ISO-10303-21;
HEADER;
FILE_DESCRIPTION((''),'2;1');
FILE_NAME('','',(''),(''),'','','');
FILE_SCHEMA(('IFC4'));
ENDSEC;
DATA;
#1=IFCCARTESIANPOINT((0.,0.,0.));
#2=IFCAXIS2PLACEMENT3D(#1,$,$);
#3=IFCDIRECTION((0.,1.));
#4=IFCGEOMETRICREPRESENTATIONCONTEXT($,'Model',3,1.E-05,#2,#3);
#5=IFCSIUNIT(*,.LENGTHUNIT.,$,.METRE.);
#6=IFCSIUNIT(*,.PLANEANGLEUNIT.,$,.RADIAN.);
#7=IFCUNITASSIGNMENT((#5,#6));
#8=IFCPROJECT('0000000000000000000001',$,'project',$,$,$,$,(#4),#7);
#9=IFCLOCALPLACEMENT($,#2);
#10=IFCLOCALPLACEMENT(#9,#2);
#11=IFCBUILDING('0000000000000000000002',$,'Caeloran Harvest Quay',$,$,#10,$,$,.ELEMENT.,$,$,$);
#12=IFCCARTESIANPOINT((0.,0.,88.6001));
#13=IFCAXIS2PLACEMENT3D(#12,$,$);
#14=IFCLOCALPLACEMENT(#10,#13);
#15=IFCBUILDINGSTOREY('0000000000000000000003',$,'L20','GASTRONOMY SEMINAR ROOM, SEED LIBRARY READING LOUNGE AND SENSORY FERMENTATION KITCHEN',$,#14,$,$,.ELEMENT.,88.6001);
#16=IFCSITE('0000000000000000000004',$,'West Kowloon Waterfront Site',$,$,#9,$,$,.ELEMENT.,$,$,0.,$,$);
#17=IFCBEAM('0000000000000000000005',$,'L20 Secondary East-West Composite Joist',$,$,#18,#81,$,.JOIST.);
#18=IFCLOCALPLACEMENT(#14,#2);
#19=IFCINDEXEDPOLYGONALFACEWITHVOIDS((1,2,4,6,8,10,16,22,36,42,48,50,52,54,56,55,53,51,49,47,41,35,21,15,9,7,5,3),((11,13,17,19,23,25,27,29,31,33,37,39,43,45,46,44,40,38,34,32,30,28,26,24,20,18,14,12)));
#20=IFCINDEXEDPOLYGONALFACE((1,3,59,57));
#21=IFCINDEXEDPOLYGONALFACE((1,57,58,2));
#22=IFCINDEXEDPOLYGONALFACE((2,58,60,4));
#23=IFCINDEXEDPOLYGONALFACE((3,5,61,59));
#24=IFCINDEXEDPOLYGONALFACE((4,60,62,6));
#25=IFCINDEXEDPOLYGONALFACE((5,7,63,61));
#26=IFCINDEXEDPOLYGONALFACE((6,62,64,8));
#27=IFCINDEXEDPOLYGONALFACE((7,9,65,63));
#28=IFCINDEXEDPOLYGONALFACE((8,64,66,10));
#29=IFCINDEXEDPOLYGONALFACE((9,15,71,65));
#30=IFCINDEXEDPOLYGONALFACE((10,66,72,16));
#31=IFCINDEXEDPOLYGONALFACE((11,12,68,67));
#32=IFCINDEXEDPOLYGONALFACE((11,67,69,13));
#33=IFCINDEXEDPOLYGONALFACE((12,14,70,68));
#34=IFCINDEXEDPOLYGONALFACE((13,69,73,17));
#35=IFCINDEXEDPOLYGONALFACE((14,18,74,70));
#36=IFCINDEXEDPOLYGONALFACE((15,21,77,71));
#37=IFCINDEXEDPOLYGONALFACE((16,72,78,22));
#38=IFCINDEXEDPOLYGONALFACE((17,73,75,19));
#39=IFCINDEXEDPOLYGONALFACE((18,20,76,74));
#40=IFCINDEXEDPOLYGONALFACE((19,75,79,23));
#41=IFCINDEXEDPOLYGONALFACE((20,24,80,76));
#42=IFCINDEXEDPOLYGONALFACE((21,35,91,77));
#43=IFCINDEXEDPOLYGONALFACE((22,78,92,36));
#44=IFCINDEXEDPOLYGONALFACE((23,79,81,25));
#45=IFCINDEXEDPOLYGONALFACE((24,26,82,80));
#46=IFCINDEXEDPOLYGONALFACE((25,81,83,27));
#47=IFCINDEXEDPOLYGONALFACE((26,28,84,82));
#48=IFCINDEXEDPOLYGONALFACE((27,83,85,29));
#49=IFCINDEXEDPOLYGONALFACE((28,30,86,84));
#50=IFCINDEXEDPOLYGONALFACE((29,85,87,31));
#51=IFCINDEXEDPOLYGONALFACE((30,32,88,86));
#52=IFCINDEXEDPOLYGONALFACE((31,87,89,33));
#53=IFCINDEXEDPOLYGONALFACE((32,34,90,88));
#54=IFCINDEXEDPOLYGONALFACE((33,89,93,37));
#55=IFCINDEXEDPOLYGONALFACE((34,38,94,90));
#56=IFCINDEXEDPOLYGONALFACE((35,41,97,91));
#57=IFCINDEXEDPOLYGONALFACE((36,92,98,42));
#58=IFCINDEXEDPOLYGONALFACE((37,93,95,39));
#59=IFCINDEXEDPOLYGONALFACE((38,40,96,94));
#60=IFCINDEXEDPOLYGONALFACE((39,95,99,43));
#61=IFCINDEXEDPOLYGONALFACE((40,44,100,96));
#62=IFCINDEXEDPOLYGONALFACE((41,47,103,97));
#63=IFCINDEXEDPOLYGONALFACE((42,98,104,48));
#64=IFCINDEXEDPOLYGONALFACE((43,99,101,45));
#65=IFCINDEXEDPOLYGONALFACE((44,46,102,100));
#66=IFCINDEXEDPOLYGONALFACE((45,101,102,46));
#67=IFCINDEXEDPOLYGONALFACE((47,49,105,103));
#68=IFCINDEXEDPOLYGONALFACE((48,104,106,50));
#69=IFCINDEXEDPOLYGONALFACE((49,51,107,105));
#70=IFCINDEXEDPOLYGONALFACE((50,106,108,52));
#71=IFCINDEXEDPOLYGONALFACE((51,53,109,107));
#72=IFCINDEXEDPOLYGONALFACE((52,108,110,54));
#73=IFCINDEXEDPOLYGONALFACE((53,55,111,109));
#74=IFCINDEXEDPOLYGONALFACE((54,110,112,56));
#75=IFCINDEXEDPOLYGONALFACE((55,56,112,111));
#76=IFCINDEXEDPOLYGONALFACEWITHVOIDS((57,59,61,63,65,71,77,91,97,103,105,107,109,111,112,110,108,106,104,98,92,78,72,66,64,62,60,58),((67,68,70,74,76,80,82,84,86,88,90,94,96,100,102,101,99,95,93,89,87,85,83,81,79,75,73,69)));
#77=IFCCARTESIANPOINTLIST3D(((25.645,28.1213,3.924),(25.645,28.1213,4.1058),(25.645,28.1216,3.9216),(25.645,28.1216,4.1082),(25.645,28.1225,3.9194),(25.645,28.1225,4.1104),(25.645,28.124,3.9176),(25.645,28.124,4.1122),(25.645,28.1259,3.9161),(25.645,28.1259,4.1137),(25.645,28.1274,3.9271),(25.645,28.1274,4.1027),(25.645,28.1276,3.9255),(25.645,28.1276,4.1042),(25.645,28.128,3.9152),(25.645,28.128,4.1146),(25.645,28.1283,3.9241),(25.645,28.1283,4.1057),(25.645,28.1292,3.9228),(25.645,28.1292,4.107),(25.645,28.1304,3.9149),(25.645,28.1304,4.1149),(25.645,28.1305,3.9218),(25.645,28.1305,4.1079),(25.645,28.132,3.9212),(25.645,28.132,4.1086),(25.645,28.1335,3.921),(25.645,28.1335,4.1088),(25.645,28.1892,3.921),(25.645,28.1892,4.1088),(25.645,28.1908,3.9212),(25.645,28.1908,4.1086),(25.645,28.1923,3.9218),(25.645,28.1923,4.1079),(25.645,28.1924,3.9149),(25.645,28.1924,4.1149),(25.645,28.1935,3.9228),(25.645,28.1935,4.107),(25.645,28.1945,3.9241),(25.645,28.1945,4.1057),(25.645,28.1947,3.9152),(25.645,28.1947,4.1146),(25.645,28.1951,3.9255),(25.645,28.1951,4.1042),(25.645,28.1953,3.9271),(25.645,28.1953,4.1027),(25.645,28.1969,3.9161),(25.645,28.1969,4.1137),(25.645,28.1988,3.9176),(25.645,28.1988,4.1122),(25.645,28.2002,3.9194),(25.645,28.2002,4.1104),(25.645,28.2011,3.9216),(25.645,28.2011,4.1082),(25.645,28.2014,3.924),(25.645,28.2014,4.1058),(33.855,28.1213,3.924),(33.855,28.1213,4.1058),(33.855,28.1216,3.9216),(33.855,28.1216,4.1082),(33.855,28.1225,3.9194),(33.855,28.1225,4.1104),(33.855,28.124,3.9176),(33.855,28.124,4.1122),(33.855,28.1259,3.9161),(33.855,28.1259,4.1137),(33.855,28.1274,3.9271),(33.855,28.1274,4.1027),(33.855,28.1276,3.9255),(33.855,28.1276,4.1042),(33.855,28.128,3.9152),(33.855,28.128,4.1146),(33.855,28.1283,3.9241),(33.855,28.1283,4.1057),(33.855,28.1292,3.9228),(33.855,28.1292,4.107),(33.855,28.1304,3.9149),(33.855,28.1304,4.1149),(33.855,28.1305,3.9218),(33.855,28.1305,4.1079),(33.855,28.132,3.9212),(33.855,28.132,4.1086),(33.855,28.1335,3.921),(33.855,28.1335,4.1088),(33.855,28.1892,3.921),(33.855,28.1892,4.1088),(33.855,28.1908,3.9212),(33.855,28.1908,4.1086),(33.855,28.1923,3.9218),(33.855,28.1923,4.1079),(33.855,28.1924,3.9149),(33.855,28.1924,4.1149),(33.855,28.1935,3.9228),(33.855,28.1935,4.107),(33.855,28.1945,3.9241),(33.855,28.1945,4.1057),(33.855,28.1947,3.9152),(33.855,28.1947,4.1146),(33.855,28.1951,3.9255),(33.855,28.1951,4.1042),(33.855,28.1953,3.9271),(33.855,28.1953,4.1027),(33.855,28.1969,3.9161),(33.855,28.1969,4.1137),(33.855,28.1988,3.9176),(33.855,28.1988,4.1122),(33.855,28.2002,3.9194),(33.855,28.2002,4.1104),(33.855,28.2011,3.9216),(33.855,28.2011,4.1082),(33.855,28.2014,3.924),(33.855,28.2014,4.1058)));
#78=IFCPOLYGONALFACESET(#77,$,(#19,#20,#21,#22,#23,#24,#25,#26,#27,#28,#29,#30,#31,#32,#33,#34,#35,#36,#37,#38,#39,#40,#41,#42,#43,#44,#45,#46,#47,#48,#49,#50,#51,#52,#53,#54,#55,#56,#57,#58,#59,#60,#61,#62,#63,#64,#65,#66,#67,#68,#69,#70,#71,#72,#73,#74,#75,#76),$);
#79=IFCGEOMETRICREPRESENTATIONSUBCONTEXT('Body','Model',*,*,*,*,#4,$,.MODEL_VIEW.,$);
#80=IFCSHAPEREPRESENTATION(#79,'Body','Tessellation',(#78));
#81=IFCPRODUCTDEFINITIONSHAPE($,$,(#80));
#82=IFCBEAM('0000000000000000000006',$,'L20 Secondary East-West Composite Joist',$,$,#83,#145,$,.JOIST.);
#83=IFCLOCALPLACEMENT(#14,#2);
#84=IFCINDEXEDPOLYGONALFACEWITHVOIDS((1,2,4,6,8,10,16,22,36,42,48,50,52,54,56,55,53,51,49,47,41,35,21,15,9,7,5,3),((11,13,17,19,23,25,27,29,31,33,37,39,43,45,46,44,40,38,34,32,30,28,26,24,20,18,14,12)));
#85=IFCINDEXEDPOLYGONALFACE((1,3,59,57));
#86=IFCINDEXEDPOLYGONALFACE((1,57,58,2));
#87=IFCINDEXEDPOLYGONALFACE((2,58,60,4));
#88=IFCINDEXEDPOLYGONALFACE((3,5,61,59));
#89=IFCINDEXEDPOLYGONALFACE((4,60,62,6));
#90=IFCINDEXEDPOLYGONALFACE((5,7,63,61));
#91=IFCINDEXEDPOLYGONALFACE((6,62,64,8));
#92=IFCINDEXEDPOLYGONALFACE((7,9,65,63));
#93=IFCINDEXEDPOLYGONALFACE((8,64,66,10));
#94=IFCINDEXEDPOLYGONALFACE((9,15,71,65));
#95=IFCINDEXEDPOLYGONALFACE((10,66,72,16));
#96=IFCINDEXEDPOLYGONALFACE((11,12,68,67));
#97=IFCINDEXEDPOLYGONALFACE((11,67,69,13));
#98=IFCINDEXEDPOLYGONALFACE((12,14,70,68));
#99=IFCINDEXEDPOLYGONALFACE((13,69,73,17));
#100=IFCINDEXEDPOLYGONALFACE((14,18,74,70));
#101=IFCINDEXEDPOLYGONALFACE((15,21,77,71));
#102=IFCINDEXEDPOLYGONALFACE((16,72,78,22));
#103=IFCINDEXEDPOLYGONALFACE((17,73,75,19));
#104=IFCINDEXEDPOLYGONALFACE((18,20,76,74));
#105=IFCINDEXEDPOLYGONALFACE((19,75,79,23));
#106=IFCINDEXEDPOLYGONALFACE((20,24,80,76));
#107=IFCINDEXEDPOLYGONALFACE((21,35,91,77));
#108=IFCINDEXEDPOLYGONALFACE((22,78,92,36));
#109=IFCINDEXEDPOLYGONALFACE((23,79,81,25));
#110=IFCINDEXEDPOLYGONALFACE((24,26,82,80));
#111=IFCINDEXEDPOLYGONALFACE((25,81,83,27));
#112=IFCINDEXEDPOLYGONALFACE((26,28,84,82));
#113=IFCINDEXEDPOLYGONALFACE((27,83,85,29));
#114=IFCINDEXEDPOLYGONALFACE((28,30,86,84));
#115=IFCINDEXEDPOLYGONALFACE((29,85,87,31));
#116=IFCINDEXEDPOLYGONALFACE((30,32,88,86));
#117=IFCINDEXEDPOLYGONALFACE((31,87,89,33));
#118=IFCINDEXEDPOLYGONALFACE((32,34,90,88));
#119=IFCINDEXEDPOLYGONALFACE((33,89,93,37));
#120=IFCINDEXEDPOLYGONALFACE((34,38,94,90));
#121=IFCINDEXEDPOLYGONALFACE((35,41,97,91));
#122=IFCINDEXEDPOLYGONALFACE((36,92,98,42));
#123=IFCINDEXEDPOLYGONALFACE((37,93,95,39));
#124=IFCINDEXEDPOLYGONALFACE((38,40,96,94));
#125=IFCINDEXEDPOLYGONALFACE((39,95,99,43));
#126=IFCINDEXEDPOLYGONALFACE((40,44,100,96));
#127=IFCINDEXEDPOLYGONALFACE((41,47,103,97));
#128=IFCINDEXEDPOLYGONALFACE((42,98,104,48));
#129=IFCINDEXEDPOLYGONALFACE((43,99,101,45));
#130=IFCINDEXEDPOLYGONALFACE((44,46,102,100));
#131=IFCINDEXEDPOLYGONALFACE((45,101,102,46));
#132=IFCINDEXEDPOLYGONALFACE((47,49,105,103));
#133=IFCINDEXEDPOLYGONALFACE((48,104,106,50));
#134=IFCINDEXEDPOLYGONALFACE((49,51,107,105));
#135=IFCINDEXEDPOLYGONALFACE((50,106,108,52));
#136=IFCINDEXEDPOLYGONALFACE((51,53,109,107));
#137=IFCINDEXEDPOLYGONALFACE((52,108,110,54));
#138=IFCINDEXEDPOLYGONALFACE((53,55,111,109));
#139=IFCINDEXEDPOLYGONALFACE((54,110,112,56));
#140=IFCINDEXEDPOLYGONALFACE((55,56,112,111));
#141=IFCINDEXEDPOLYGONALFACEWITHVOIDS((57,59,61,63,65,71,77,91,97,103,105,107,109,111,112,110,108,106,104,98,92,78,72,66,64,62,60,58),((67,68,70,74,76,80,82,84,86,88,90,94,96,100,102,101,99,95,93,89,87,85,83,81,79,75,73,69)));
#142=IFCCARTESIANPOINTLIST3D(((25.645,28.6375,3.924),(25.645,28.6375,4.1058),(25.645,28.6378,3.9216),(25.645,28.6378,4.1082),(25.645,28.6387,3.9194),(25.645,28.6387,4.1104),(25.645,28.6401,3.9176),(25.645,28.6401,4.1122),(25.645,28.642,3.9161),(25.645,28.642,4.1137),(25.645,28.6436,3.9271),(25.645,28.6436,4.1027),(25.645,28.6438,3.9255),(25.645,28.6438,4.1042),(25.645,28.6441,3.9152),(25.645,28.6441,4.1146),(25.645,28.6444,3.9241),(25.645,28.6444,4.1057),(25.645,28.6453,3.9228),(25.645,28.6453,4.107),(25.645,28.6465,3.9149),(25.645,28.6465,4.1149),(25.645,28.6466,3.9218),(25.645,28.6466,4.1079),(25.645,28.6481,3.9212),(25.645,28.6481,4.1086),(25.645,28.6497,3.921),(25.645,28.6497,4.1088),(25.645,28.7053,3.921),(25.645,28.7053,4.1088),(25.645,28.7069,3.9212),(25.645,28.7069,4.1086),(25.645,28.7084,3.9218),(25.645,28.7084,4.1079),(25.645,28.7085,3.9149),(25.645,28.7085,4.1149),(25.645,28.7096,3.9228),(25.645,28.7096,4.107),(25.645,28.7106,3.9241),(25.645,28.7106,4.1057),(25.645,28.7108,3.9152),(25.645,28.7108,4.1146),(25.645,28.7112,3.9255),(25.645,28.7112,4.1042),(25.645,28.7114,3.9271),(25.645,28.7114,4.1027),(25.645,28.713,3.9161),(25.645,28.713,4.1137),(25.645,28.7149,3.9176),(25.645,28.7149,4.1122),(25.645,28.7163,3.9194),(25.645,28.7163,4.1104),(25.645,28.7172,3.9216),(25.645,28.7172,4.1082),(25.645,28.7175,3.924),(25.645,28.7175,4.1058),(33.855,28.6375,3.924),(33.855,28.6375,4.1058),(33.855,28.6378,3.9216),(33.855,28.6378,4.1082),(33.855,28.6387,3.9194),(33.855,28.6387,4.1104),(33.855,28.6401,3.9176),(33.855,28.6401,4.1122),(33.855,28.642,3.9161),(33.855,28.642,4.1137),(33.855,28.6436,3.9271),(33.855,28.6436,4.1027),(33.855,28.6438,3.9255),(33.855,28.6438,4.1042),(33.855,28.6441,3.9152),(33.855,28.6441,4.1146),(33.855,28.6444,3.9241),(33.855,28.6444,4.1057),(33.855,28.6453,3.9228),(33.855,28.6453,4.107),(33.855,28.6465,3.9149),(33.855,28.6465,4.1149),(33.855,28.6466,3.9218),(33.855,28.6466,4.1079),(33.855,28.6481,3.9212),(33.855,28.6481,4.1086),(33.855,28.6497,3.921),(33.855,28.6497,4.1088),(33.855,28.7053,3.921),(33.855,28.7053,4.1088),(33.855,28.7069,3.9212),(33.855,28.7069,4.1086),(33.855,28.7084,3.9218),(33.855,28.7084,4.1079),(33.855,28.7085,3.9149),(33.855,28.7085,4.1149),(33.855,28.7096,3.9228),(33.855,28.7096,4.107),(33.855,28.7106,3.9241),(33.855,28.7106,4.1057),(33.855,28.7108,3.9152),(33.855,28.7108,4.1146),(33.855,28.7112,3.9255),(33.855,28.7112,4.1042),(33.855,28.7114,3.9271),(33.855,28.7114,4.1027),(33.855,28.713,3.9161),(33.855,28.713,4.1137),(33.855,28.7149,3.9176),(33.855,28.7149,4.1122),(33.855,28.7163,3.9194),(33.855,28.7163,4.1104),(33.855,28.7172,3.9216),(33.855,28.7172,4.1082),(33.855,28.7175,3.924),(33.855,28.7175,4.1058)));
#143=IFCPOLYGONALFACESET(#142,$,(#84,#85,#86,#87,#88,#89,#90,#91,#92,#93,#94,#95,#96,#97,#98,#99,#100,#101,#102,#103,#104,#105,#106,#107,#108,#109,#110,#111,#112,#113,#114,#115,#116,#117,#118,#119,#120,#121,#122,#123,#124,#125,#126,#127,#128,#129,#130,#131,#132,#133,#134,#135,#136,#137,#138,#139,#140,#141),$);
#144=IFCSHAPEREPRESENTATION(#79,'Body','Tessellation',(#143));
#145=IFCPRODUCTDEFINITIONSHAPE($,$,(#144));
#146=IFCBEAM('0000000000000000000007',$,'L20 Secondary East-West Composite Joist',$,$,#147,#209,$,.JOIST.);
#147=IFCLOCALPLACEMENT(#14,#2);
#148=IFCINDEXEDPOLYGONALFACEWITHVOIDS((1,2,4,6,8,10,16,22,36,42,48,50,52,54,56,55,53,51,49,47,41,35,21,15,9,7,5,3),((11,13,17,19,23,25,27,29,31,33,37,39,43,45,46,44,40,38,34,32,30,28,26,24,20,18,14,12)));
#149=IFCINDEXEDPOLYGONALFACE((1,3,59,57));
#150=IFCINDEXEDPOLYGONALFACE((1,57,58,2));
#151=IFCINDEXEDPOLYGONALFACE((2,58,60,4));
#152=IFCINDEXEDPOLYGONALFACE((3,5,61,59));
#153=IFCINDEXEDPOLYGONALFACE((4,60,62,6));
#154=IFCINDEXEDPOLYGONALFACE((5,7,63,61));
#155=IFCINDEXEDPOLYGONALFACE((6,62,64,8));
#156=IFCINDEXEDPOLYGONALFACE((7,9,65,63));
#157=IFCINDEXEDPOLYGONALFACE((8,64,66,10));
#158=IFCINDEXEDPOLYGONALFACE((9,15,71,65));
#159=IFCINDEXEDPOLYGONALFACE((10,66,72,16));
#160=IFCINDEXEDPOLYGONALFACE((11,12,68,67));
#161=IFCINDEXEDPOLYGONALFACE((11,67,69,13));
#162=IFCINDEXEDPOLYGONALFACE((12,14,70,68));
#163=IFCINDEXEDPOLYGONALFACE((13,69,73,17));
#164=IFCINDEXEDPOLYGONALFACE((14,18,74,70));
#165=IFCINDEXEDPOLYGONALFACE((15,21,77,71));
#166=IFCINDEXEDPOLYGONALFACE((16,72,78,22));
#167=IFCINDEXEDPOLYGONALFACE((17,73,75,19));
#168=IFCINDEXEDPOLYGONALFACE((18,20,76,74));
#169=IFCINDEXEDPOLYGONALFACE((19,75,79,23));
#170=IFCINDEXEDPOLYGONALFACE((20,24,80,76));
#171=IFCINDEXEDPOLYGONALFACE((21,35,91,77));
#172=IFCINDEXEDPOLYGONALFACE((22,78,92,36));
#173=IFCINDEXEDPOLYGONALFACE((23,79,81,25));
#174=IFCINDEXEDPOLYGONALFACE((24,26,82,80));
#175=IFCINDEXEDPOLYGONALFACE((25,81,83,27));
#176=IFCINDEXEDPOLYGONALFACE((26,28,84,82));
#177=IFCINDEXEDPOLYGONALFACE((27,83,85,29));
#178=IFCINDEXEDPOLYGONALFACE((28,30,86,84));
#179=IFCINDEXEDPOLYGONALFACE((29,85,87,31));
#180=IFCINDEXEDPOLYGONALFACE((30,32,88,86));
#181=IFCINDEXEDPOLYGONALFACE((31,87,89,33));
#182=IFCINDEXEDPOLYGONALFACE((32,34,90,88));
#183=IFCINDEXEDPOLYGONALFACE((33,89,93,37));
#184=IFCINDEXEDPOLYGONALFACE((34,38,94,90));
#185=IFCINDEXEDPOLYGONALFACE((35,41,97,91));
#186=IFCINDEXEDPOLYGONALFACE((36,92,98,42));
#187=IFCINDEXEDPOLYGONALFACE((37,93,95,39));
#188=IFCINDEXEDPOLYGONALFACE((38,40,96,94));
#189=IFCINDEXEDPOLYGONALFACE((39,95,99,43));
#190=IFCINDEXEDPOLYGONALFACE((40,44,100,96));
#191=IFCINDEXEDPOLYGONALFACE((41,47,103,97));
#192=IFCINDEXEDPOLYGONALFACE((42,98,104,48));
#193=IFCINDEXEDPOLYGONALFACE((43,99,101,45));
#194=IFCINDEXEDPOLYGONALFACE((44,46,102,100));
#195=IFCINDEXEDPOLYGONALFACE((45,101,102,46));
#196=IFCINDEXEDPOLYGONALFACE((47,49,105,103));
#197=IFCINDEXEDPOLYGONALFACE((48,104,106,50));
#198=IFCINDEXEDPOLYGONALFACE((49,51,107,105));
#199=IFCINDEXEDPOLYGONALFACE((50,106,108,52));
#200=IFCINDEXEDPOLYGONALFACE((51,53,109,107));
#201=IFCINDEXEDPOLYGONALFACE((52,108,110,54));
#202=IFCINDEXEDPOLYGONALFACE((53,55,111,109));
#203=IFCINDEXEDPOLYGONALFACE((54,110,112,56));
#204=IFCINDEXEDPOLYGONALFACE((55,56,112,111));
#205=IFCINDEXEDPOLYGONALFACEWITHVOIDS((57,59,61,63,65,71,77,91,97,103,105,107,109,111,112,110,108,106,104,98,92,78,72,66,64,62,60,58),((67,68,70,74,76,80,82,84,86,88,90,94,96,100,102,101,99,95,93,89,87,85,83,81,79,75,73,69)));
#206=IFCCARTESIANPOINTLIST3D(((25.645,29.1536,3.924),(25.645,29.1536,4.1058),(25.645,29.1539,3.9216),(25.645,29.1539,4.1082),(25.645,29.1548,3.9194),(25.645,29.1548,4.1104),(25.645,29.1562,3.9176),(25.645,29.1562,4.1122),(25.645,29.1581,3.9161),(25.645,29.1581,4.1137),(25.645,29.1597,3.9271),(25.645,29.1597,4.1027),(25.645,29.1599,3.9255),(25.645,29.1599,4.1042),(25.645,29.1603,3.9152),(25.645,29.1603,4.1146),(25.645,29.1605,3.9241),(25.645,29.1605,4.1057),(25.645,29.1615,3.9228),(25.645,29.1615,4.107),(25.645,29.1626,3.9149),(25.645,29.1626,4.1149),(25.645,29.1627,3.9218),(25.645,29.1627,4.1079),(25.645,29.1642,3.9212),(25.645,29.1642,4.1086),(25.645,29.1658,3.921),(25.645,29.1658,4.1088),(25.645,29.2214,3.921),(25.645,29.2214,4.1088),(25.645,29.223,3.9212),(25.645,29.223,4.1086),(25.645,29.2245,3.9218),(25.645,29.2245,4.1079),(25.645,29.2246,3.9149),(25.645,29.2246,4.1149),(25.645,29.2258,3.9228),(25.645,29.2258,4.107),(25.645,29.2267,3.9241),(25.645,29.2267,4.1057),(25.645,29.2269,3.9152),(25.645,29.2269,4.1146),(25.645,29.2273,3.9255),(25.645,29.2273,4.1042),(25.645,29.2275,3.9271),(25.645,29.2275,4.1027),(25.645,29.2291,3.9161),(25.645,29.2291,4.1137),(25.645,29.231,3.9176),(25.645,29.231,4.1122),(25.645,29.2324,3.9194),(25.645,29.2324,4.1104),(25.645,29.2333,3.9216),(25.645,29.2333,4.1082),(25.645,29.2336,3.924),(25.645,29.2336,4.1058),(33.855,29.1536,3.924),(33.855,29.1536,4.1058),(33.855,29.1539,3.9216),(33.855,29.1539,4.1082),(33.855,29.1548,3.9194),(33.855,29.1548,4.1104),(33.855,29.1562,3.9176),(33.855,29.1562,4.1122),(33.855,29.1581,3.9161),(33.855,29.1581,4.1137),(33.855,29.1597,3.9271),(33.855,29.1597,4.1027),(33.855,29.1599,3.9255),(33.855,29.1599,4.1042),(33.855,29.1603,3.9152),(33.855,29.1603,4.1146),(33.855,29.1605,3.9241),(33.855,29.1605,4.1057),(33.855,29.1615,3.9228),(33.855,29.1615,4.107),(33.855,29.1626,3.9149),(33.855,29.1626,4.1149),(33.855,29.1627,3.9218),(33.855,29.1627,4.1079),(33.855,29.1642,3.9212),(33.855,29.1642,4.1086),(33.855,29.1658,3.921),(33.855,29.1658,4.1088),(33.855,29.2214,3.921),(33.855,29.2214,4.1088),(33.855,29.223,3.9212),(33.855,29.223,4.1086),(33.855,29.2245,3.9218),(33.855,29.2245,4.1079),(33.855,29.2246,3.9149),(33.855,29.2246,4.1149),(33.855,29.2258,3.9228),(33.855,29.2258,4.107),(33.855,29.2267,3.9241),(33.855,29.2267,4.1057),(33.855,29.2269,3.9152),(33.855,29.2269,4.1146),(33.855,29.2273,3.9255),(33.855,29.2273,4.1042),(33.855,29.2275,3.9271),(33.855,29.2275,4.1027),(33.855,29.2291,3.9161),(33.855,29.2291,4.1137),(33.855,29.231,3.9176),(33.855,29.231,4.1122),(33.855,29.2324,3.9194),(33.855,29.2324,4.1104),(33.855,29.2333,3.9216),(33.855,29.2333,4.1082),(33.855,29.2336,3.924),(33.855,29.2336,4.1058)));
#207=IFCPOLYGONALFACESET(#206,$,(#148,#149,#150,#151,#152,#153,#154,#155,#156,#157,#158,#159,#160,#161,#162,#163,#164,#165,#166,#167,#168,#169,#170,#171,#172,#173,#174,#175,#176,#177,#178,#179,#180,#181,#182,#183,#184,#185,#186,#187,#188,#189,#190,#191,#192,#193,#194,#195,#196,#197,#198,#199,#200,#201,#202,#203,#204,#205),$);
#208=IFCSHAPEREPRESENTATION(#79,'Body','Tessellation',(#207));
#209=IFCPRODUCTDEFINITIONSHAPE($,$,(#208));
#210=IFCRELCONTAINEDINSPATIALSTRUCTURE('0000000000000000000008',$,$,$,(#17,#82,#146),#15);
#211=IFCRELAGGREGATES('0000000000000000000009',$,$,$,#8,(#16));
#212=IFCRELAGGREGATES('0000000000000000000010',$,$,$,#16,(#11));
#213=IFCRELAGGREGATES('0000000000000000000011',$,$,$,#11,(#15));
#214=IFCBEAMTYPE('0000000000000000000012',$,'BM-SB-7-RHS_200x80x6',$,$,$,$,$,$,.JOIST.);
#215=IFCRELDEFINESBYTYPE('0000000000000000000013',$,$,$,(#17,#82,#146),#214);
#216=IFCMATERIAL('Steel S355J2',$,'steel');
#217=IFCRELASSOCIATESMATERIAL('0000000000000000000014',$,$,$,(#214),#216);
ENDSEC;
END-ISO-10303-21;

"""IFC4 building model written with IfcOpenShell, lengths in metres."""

from ifc_helpers import new_model, si_unit, direction, frame, origin, origin_2d, place, context, subcontext, project, spatial, hollow_rectangle, extrude, material, material_profile, profile_set, type_object, element, save


model = new_model("IFC4")

# Units and contexts
model_context = context("Model", 3, precision=1e-05, world=origin(), true_north=direction((0.0, 1.0)))
body_context = subcontext(model_context, "Body", "Model", "MODEL_VIEW")
ifc_project = project(units=[si_unit("LENGTHUNIT", "METRE"), si_unit("PLANEANGLEUNIT", "RADIAN")], contexts=[model_context])

# Site, building, storey
site_placement = place(None, origin())
site = spatial("IfcSite", under=ifc_project, at=site_placement, Name="West Kowloon Waterfront Site", CompositionType="ELEMENT", RefElevation=0.0)
building_placement = place(site_placement, origin())
building = spatial("IfcBuilding", under=site, at=building_placement, Name="Caeloran Harvest Quay", CompositionType="ELEMENT")
storey_placement = place(building_placement, frame((0.0, 0.0, 88.6001)))
storey = spatial("IfcBuildingStorey", under=building, at=storey_placement, Name="L20", Description="GASTRONOMY SEMINAR ROOM, SEED LIBRARY READING LOUNGE AND SENSORY FERMENTATION KITCHEN", CompositionType="ELEMENT", Elevation=88.6001)

# Beams
ifc_material_1 = material(Name="Steel S355J2", Category="steel")
ifc_material_profile_1 = material_profile(ifc_material_1, hollow_rectangle(XDim=0.0801, YDim=0.2, WallThickness=0.0061, InnerFilletRadius=0.0061, OuterFilletRadius=0.009, at=origin_2d()), Name="RHS 200x80x6")
ifc_profile_set_1 = profile_set([ifc_material_profile_1], Name="Steel S355J2")
beam_type_1 = type_object("IfcBeamType", Name="BM-SB-7-RHS_200x80x6", PredefinedType="JOIST", material=ifc_profile_set_1)
for number, where, z_axis, x_axis, name in (
    (1, (25.645, 28.1614, 4.0149), (1.0, 0.0, 0.0), (0.0, 1.0, 0.0), "L20 Secondary East-West Composite Joist"),
    (2, (25.645, 28.6775, 4.0149), (1.0, 0.0, 0.0), (0.0, 1.0, 0.0), "L20 Secondary East-West Composite Joist"),
    (3, (25.645, 29.1936, 4.0149), (1.0, 0.0, 0.0), (0.0, 1.0, 0.0), "L20 Secondary East-West Composite Joist"),
):
    element("IfcBeam", number, at=place(storey_placement, frame(where, z_axis=z_axis, x_axis=x_axis)), inside=storey, type_object=beam_type_1, Name=name, PredefinedType="JOIST", context=body_context, shape_type="SweptSolid", body=[
        extrude(hollow_rectangle(XDim=0.0801, YDim=0.2, WallThickness=0.0061, InnerFilletRadius=0.0061, OuterFilletRadius=0.009, at=origin_2d()), origin(), (0.0, 0.0, 1.0), 8.21),
    ])

save(model, "model.ifc")
